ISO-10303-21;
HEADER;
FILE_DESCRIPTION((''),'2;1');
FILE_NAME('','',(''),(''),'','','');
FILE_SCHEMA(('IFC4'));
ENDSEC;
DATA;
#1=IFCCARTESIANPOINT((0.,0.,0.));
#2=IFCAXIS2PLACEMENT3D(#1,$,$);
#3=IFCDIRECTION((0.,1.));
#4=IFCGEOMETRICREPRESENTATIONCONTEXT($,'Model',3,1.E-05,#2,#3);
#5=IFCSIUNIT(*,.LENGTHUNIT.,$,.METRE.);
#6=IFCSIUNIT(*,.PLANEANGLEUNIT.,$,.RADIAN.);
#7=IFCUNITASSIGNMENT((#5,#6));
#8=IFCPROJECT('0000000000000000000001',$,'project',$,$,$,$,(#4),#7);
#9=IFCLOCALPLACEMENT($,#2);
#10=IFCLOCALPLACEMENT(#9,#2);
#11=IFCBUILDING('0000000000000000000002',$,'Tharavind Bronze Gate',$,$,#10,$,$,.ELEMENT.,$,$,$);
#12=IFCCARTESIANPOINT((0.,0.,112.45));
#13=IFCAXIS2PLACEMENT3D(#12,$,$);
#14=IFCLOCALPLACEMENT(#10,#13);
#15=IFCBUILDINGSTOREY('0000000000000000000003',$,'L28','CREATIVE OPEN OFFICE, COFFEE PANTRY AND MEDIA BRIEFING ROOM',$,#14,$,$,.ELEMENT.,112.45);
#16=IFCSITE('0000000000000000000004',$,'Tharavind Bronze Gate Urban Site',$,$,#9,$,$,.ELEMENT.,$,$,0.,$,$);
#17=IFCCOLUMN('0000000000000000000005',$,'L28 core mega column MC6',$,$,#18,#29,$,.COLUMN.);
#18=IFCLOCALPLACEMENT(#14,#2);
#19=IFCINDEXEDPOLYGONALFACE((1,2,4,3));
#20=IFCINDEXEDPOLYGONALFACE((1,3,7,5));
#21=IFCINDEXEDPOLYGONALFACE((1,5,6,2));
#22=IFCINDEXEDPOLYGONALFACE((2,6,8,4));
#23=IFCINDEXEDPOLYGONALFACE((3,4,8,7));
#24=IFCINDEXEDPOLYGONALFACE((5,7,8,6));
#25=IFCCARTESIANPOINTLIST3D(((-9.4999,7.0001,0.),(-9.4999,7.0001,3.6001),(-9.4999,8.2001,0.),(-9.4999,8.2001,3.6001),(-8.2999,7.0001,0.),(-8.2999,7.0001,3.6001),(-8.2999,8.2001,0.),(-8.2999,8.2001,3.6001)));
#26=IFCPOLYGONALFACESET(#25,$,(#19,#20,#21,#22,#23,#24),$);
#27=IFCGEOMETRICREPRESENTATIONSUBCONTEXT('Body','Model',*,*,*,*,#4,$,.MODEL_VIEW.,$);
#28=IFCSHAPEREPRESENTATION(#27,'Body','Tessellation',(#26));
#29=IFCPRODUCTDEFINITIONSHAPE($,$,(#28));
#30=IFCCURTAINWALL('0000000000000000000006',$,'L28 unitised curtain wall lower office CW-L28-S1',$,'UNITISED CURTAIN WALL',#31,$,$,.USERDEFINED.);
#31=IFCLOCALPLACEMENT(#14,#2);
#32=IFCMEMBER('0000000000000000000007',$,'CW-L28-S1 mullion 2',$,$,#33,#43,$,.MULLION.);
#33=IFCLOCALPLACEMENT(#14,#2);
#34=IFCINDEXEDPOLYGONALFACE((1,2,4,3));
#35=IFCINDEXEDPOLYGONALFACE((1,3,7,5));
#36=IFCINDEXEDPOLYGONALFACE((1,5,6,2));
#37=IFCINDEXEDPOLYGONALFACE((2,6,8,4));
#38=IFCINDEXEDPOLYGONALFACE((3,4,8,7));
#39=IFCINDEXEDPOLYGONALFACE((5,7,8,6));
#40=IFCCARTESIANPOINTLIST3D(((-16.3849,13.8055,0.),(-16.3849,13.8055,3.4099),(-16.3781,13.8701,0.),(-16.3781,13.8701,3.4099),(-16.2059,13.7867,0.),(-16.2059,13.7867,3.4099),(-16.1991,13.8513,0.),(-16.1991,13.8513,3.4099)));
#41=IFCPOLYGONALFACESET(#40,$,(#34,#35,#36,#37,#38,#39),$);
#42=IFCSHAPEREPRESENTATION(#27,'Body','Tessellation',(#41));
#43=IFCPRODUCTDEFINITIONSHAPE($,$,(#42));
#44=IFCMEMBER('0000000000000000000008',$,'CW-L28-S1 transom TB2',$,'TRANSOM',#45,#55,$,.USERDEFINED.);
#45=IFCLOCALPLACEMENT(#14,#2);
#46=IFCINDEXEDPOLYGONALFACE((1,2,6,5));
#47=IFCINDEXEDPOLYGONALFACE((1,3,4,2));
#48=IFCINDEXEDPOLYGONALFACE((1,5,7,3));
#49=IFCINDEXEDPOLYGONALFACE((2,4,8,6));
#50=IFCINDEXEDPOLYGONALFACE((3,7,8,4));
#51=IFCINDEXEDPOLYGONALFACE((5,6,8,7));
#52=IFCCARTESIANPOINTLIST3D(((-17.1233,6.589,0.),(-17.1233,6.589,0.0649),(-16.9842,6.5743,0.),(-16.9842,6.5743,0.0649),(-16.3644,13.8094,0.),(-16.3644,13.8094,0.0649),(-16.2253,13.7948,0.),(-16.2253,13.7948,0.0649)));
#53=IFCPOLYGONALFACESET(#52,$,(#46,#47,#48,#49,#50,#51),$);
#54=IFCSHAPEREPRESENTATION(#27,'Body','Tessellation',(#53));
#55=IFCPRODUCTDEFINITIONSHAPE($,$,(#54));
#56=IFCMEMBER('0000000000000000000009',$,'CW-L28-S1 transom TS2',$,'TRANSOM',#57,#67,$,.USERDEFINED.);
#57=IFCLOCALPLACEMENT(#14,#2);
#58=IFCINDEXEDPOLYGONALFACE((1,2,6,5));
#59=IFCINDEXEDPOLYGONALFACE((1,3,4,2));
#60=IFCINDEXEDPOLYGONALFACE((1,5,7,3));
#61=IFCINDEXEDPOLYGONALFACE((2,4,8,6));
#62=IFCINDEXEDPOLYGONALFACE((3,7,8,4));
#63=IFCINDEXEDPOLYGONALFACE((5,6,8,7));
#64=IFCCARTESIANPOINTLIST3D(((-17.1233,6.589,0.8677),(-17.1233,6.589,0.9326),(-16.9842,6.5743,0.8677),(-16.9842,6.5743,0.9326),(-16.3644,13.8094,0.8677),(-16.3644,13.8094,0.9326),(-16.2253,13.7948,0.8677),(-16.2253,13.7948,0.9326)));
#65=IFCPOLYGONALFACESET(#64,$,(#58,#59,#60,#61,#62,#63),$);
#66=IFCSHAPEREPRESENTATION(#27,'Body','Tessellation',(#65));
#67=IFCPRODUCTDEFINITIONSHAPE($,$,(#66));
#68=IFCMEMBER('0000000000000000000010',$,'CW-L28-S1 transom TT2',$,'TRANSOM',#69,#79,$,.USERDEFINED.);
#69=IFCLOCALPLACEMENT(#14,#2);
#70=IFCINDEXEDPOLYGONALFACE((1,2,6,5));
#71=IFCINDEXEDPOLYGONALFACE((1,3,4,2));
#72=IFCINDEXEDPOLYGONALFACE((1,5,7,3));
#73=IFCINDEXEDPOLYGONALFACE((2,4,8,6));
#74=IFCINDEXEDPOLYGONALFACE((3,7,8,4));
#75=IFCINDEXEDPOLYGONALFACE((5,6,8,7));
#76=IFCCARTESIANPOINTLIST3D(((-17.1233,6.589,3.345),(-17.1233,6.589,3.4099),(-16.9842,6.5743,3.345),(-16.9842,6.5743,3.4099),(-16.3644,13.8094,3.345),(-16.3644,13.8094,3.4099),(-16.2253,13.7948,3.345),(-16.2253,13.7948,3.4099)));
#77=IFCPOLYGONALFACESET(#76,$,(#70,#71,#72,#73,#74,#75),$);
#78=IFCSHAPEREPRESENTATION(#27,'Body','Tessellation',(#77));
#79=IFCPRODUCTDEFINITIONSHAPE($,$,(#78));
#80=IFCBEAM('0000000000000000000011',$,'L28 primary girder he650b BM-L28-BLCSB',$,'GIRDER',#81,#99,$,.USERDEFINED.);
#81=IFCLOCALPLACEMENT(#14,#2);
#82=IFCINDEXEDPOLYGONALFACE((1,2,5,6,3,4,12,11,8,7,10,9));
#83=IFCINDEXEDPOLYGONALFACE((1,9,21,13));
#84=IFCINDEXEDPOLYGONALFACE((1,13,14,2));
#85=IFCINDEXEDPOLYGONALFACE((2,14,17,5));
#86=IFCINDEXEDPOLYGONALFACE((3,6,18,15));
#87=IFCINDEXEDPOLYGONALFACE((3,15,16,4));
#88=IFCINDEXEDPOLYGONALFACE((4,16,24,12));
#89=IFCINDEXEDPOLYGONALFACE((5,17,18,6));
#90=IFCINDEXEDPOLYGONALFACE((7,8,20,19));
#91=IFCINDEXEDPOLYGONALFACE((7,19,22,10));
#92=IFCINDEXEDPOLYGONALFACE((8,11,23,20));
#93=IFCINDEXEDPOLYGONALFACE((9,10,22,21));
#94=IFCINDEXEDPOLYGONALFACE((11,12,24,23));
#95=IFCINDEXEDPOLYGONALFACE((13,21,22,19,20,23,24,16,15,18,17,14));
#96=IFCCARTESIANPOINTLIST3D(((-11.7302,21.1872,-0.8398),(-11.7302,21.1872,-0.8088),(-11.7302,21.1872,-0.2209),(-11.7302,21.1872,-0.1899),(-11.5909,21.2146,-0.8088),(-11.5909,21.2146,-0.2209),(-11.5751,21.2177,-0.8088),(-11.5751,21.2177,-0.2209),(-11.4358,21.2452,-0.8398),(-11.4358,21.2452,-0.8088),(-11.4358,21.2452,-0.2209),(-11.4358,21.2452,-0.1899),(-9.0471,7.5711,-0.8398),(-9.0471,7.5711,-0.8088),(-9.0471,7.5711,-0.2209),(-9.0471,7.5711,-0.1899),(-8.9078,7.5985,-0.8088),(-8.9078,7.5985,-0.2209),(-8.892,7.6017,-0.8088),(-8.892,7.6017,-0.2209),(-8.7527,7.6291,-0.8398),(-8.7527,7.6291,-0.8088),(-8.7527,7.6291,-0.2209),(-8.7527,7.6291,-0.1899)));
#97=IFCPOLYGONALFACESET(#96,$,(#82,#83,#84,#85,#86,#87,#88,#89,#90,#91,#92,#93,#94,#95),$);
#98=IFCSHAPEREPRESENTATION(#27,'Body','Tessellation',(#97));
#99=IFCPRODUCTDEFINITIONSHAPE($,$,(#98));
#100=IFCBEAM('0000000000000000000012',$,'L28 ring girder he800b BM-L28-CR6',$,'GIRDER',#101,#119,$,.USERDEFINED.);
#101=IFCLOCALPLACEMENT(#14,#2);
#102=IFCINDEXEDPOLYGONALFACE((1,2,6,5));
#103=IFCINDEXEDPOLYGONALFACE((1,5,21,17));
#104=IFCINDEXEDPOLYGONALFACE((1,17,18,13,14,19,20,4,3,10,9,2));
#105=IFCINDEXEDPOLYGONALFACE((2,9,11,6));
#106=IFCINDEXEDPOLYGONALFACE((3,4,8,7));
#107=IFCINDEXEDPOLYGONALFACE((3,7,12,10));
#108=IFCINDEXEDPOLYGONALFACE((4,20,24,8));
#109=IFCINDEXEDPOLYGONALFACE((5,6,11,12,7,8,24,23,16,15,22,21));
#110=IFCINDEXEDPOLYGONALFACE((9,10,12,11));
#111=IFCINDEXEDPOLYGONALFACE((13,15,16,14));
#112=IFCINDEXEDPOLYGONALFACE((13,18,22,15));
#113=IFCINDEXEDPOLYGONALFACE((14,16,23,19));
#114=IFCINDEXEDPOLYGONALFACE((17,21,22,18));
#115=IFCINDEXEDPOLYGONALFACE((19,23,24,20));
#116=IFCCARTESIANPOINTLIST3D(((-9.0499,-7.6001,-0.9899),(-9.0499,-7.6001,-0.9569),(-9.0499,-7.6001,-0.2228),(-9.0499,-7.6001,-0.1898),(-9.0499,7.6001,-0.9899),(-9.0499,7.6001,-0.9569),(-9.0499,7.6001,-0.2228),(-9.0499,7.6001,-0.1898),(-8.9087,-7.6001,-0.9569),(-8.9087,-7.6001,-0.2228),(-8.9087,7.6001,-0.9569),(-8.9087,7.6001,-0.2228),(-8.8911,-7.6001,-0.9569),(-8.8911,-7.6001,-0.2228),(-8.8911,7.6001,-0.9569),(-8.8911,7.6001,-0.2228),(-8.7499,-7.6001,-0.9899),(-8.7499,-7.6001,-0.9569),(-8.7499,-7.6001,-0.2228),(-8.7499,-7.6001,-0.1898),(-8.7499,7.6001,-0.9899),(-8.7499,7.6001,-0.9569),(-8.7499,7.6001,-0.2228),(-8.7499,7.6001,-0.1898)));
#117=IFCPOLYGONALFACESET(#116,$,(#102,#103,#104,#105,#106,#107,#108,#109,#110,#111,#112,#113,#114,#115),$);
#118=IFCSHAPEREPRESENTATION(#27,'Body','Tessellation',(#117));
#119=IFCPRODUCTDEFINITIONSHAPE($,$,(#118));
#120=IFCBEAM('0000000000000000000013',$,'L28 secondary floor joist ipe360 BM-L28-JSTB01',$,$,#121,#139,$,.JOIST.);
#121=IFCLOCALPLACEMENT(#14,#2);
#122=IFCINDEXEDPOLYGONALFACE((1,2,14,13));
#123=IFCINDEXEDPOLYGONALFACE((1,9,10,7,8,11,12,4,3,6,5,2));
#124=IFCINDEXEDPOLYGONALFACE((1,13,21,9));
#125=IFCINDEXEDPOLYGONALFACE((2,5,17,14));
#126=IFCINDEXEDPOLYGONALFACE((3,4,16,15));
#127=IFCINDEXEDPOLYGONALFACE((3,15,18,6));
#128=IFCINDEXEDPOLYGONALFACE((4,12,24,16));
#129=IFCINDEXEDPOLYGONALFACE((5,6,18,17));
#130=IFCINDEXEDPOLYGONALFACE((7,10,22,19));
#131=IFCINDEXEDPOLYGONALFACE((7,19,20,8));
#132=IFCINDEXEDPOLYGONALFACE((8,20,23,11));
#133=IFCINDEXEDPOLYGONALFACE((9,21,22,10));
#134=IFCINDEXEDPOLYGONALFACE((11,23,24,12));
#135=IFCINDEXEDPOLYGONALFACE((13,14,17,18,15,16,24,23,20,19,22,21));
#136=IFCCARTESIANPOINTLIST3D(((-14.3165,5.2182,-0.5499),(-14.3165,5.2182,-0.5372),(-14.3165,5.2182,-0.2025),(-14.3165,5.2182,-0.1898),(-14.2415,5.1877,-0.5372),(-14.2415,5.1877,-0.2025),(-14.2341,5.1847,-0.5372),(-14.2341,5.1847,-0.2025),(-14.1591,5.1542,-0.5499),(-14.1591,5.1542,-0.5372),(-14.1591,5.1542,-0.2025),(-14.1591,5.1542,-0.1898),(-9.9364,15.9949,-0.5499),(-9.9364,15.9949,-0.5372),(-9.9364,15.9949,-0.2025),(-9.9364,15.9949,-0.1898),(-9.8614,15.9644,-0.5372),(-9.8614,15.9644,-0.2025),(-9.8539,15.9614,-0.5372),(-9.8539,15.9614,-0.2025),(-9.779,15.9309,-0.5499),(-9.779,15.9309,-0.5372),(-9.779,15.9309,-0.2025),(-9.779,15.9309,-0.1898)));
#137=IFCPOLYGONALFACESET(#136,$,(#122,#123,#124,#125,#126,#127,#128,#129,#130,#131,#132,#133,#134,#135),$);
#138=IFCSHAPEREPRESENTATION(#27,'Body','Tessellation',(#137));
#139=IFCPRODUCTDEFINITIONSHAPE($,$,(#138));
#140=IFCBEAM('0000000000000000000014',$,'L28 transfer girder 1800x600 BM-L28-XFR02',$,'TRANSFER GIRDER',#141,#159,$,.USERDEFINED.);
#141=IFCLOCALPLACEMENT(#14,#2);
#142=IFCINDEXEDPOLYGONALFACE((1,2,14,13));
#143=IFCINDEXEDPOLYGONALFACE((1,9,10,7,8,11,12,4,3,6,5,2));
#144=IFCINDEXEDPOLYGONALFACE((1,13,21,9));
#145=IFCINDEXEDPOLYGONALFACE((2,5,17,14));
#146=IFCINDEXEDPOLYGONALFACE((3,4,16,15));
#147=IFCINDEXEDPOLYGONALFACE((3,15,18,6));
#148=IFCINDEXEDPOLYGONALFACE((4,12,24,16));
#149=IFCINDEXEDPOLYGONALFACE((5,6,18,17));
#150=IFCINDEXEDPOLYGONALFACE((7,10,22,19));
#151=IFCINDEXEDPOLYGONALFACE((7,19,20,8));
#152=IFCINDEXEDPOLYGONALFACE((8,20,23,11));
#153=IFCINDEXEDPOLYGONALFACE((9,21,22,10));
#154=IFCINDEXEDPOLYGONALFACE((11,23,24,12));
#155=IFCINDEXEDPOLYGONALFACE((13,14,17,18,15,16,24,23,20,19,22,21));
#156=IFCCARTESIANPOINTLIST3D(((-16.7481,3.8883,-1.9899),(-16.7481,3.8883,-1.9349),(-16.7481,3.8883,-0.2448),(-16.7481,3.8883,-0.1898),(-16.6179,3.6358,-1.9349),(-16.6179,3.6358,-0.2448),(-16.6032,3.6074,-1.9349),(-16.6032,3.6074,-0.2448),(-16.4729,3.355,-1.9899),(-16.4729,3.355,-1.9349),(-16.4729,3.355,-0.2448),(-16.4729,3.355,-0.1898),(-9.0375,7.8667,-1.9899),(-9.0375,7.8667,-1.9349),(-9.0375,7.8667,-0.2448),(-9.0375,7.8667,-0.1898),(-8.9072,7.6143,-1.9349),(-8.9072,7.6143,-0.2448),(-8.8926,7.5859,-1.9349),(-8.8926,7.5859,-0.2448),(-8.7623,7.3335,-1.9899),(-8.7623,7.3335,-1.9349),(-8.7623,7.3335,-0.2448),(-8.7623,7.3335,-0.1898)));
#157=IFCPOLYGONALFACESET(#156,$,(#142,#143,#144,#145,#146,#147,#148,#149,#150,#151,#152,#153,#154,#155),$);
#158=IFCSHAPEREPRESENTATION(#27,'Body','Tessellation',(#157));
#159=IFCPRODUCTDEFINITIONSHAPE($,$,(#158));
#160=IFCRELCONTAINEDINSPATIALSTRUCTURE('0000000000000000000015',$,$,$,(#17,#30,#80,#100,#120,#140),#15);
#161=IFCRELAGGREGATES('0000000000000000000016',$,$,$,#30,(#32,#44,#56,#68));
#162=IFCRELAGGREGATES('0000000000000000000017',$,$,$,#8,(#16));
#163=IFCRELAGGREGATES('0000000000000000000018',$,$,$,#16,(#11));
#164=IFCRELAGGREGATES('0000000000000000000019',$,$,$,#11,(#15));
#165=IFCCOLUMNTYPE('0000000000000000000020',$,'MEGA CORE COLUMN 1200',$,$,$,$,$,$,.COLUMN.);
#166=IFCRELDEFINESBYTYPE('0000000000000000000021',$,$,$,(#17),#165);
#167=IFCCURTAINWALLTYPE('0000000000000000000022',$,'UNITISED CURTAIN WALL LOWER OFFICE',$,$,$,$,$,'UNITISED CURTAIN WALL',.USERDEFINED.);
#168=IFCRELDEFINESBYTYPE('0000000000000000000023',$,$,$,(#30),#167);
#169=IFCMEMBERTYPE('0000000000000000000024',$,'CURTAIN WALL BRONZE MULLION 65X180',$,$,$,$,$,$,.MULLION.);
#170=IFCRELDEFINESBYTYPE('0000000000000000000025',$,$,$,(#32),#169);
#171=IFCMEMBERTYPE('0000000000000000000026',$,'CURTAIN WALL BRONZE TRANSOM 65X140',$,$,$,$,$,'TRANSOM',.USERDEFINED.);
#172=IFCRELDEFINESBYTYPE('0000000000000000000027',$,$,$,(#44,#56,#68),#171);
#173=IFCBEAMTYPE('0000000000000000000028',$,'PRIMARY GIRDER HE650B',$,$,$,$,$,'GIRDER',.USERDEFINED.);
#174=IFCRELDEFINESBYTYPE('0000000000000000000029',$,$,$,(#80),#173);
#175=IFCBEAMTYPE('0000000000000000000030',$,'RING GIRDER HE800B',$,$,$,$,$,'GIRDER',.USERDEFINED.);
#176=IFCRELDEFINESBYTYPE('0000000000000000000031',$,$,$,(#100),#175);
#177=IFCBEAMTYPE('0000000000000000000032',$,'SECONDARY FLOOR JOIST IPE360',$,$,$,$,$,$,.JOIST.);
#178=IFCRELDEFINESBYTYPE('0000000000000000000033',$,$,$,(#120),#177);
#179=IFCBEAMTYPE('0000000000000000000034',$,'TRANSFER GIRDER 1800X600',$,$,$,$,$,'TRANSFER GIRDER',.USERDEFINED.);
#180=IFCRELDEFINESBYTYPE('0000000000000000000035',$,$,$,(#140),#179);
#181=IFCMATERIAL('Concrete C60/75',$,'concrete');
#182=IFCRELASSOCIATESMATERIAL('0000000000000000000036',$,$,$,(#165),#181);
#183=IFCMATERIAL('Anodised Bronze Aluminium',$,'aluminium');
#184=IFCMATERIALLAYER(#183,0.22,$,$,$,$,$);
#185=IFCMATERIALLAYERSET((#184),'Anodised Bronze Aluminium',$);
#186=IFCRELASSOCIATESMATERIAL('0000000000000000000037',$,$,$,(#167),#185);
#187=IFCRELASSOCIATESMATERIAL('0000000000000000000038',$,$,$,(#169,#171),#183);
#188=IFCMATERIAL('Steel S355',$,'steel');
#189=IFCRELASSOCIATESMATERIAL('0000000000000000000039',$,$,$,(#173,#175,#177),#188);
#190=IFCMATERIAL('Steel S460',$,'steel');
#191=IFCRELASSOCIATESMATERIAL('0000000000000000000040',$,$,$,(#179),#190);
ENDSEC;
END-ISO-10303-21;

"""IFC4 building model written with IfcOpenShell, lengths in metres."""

from ifc_helpers import new_model, si_unit, direction, frame, origin, origin_2d, place, context, subcontext, project, spatial, rectangle, i_section, extrude, material, layer, layer_set, material_profile, profile_set, type_object, element, aggregate, save


model = new_model("IFC4")

# Units and contexts
model_context = context("Model", 3, precision=1e-05, world=origin(), true_north=direction((0.0, 1.0)))
body_context = subcontext(model_context, "Body", "Model", "MODEL_VIEW")
ifc_project = project(units=[si_unit("LENGTHUNIT", "METRE"), si_unit("PLANEANGLEUNIT", "RADIAN")], contexts=[model_context])

# Site, building, storey
site_placement = place(None, origin())
site = spatial("IfcSite", under=ifc_project, at=site_placement, Name="Tharavind Bronze Gate Urban Site", CompositionType="ELEMENT", RefElevation=0.0)
building_placement = place(site_placement, origin())
building = spatial("IfcBuilding", under=site, at=building_placement, Name="Tharavind Bronze Gate", CompositionType="ELEMENT")
storey_placement = place(building_placement, frame((0.0, 0.0, 112.45)))
storey = spatial("IfcBuildingStorey", under=building, at=storey_placement, Name="L28", Description="CREATIVE OPEN OFFICE, COFFEE PANTRY AND MEDIA BRIEFING ROOM", CompositionType="ELEMENT", Elevation=112.45)

# Column
ifc_material_1 = material(Name="Concrete C60/75", Category="concrete")
ifc_material_profile_1 = material_profile(ifc_material_1, rectangle(XDim=1.2, YDim=1.2, at=origin_2d()), Name="RCCOL1200")
ifc_profile_set_1 = profile_set([ifc_material_profile_1], Name="Concrete C60/75")
column_type = type_object("IfcColumnType", Name="MEGA CORE COLUMN 1200", PredefinedType="COLUMN", material=ifc_profile_set_1)
column_placement = place(storey_placement, frame((-8.8999, 7.6001, 0.0), z_axis=(0.0, 0.0, 1.0), x_axis=(1.0, 0.0, 0.0)))
element("IfcColumn", 1, at=column_placement, inside=storey, type_object=column_type, Name="L28 core mega column MC6", PredefinedType="COLUMN", context=body_context, shape_type="SweptSolid", body=[
    extrude(rectangle(XDim=1.2, YDim=1.2, at=origin_2d()), origin(), (0.0, 0.0, 1.0), 3.6001),
])

# Curtain wall, members
ifc_material_2 = material(Name="Anodised Bronze Aluminium", Category="aluminium")
ifc_layer_1 = layer(ifc_material_2, 0.22)
ifc_layer_set_1 = layer_set([ifc_layer_1], Name="Anodised Bronze Aluminium")
curtain_wall_type = type_object("IfcCurtainWallType", Name="UNITISED CURTAIN WALL LOWER OFFICE", ElementType="UNITISED CURTAIN WALL", PredefinedType="USERDEFINED", material=ifc_layer_set_1)
curtain_wall_placement = place(storey_placement, origin())
curtain_wall = element("IfcCurtainWall", 2, at=curtain_wall_placement, inside=storey, type_object=curtain_wall_type, Name="L28 unitised curtain wall lower office CW-L28-S1", ObjectType="UNITISED CURTAIN WALL", PredefinedType="USERDEFINED")
member_type_1 = type_object("IfcMemberType", Name="CURTAIN WALL BRONZE MULLION 65X180", PredefinedType="MULLION", material=ifc_material_2)
member_1_placement = place(storey_placement, frame((-16.292, 13.8284, 0.0), z_axis=(0.0, 0.0, 1.0), x_axis=(-0.104527, -0.994522, 0.0)))
member_1 = element("IfcMember", 3, at=member_1_placement, type_object=member_type_1, Name="CW-L28-S1 mullion 2", PredefinedType="MULLION", context=body_context, shape_type="SweptSolid", body=[
    extrude(rectangle(XDim=0.0649, YDim=0.1799, at=origin_2d()), origin(), (0.0, 0.0, 1.0), 3.4099),
])
member_type_2 = type_object("IfcMemberType", Name="CURTAIN WALL BRONZE TRANSOM 65X140", ElementType="TRANSOM", PredefinedType="USERDEFINED", material=ifc_material_2)
member_2_placement = place(storey_placement, frame((-16.6743, 10.1919, 0.0), z_axis=(0.0, 0.0, 1.0), x_axis=(-0.104527, -0.994522, 0.0)))
member_2 = element("IfcMember", 4, at=member_2_placement, type_object=member_type_2, Name="CW-L28-S1 transom TB2", ObjectType="TRANSOM", PredefinedType="USERDEFINED", context=body_context, shape_type="SweptSolid", body=[
    extrude(rectangle(XDim=7.2603, YDim=0.1399, at=origin_2d()), origin(), (0.0, 0.0, 1.0), 0.0649),
])
member_3_placement = place(storey_placement, frame((-16.6743, 10.1919, 0.8677), z_axis=(0.0, 0.0, 1.0), x_axis=(-0.104527, -0.994522, 0.0)))
member_3 = element("IfcMember", 5, at=member_3_placement, type_object=member_type_2, Name="CW-L28-S1 transom TS2", ObjectType="TRANSOM", PredefinedType="USERDEFINED", context=body_context, shape_type="SweptSolid", body=[
    extrude(rectangle(XDim=7.2603, YDim=0.1399, at=origin_2d()), origin(), (0.0, 0.0, 1.0), 0.0649),
])
member_4_placement = place(storey_placement, frame((-16.6743, 10.1919, 3.345), z_axis=(0.0, 0.0, 1.0), x_axis=(-0.104527, -0.994522, 0.0)))
member_4 = element("IfcMember", 6, at=member_4_placement, type_object=member_type_2, Name="CW-L28-S1 transom TT2", ObjectType="TRANSOM", PredefinedType="USERDEFINED", context=body_context, shape_type="SweptSolid", body=[
    extrude(rectangle(XDim=7.2603, YDim=0.1399, at=origin_2d()), origin(), (0.0, 0.0, 1.0), 0.0649),
])

# Beams
ifc_material_3 = material(Name="Steel S355", Category="steel")
ifc_material_profile_2 = material_profile(ifc_material_3, i_section(OverallWidth=0.3, OverallDepth=0.6499, WebThickness=0.0161, FlangeThickness=0.031, at=origin_2d()), Name="HE650B")
ifc_profile_set_2 = profile_set([ifc_material_profile_2], Name="Steel S355")
beam_type_1 = type_object("IfcBeamType", Name="PRIMARY GIRDER HE650B", ElementType="GIRDER", PredefinedType="USERDEFINED", material=ifc_profile_set_2)
beam_1_placement = place(storey_placement, frame((-8.8999, 7.6001, -0.5149), z_axis=(-0.193338, 0.981132, 0.0), x_axis=(-0.981132, -0.193338, 0.0)))
element("IfcBeam", 7, at=beam_1_placement, inside=storey, type_object=beam_type_1, Name="L28 primary girder he650b BM-L28-BLCSB", ObjectType="GIRDER", PredefinedType="USERDEFINED", context=body_context, shape_type="SweptSolid", body=[
    extrude(i_section(OverallWidth=0.3, OverallDepth=0.6499, WebThickness=0.0161, FlangeThickness=0.031, at=origin_2d()), origin(), (0.0, 0.0, 1.0), 13.8779),
])
ifc_material_profile_3 = material_profile(ifc_material_3, i_section(OverallWidth=0.3, OverallDepth=0.8, WebThickness=0.0176, FlangeThickness=0.033, at=origin_2d()), Name="HE800B")
ifc_profile_set_3 = profile_set([ifc_material_profile_3], Name="Steel S355")
beam_type_2 = type_object("IfcBeamType", Name="RING GIRDER HE800B", ElementType="GIRDER", PredefinedType="USERDEFINED", material=ifc_profile_set_3)
beam_2_placement = place(storey_placement, frame((-8.8999, 7.6001, -0.5898), z_axis=(0.0, -1.0, 0.0), x_axis=(1.0, 0.0, 0.0)))
element("IfcBeam", 8, at=beam_2_placement, inside=storey, type_object=beam_type_2, Name="L28 ring girder he800b BM-L28-CR6", ObjectType="GIRDER", PredefinedType="USERDEFINED", context=body_context, shape_type="SweptSolid", body=[
    extrude(i_section(OverallWidth=0.3, OverallDepth=0.8, WebThickness=0.0176, FlangeThickness=0.033, at=origin_2d()), origin(), (0.0, 0.0, 1.0), 15.2002),
])
ifc_material_profile_4 = material_profile(ifc_material_3, i_section(OverallWidth=0.1699, OverallDepth=0.3601, WebThickness=0.0081, FlangeThickness=0.0127, at=origin_2d()), Name="IPE360")
ifc_profile_set_4 = profile_set([ifc_material_profile_4], Name="Steel S355")
beam_type_3 = type_object("IfcBeamType", Name="SECONDARY FLOOR JOIST IPE360", PredefinedType="JOIST", material=ifc_profile_set_4)
beam_3_placement = place(storey_placement, frame((-9.8577, 15.9629, -0.3699), z_axis=(-0.376534, -0.926403, 0.0), x_axis=(0.926403, -0.376534, 0.0)))
element("IfcBeam", 9, at=beam_3_placement, inside=storey, type_object=beam_type_3, Name="L28 secondary floor joist ipe360 BM-L28-JSTB01", PredefinedType="JOIST", context=body_context, shape_type="SweptSolid", body=[
    extrude(i_section(OverallWidth=0.1699, OverallDepth=0.3601, WebThickness=0.0081, FlangeThickness=0.0127, at=origin_2d()), origin(), (0.0, 0.0, 1.0), 11.6328),
])
ifc_material_4 = material(Name="Steel S460", Category="steel")
ifc_material_profile_5 = material_profile(ifc_material_4, i_section(OverallWidth=0.6001, OverallDepth=1.8, WebThickness=0.032, FlangeThickness=0.0549, at=origin_2d()), Name="PG1800X600")
ifc_profile_set_5 = profile_set([ifc_material_profile_5], Name="Steel S460")
beam_type_4 = type_object("IfcBeamType", Name="TRANSFER GIRDER 1800X600", ElementType="TRANSFER GIRDER", PredefinedType="USERDEFINED", material=ifc_profile_set_5)
beam_4_placement = place(storey_placement, frame((-8.8999, 7.6001, -1.0898), z_axis=(-0.888677, -0.458534, 0.0), x_axis=(0.458534, -0.888677, 0.0)))
element("IfcBeam", 10, at=beam_4_placement, inside=storey, type_object=beam_type_4, Name="L28 transfer girder 1800x600 BM-L28-XFR02", ObjectType="TRANSFER GIRDER", PredefinedType="USERDEFINED", context=body_context, shape_type="SweptSolid", body=[
    extrude(i_section(OverallWidth=0.6001, OverallDepth=1.8, WebThickness=0.032, FlangeThickness=0.0549, at=origin_2d()), origin(), (0.0, 0.0, 1.0), 8.6765),
])

aggregate(curtain_wall, [member_1, member_2, member_3, member_4])

save(model, "model.ifc")
